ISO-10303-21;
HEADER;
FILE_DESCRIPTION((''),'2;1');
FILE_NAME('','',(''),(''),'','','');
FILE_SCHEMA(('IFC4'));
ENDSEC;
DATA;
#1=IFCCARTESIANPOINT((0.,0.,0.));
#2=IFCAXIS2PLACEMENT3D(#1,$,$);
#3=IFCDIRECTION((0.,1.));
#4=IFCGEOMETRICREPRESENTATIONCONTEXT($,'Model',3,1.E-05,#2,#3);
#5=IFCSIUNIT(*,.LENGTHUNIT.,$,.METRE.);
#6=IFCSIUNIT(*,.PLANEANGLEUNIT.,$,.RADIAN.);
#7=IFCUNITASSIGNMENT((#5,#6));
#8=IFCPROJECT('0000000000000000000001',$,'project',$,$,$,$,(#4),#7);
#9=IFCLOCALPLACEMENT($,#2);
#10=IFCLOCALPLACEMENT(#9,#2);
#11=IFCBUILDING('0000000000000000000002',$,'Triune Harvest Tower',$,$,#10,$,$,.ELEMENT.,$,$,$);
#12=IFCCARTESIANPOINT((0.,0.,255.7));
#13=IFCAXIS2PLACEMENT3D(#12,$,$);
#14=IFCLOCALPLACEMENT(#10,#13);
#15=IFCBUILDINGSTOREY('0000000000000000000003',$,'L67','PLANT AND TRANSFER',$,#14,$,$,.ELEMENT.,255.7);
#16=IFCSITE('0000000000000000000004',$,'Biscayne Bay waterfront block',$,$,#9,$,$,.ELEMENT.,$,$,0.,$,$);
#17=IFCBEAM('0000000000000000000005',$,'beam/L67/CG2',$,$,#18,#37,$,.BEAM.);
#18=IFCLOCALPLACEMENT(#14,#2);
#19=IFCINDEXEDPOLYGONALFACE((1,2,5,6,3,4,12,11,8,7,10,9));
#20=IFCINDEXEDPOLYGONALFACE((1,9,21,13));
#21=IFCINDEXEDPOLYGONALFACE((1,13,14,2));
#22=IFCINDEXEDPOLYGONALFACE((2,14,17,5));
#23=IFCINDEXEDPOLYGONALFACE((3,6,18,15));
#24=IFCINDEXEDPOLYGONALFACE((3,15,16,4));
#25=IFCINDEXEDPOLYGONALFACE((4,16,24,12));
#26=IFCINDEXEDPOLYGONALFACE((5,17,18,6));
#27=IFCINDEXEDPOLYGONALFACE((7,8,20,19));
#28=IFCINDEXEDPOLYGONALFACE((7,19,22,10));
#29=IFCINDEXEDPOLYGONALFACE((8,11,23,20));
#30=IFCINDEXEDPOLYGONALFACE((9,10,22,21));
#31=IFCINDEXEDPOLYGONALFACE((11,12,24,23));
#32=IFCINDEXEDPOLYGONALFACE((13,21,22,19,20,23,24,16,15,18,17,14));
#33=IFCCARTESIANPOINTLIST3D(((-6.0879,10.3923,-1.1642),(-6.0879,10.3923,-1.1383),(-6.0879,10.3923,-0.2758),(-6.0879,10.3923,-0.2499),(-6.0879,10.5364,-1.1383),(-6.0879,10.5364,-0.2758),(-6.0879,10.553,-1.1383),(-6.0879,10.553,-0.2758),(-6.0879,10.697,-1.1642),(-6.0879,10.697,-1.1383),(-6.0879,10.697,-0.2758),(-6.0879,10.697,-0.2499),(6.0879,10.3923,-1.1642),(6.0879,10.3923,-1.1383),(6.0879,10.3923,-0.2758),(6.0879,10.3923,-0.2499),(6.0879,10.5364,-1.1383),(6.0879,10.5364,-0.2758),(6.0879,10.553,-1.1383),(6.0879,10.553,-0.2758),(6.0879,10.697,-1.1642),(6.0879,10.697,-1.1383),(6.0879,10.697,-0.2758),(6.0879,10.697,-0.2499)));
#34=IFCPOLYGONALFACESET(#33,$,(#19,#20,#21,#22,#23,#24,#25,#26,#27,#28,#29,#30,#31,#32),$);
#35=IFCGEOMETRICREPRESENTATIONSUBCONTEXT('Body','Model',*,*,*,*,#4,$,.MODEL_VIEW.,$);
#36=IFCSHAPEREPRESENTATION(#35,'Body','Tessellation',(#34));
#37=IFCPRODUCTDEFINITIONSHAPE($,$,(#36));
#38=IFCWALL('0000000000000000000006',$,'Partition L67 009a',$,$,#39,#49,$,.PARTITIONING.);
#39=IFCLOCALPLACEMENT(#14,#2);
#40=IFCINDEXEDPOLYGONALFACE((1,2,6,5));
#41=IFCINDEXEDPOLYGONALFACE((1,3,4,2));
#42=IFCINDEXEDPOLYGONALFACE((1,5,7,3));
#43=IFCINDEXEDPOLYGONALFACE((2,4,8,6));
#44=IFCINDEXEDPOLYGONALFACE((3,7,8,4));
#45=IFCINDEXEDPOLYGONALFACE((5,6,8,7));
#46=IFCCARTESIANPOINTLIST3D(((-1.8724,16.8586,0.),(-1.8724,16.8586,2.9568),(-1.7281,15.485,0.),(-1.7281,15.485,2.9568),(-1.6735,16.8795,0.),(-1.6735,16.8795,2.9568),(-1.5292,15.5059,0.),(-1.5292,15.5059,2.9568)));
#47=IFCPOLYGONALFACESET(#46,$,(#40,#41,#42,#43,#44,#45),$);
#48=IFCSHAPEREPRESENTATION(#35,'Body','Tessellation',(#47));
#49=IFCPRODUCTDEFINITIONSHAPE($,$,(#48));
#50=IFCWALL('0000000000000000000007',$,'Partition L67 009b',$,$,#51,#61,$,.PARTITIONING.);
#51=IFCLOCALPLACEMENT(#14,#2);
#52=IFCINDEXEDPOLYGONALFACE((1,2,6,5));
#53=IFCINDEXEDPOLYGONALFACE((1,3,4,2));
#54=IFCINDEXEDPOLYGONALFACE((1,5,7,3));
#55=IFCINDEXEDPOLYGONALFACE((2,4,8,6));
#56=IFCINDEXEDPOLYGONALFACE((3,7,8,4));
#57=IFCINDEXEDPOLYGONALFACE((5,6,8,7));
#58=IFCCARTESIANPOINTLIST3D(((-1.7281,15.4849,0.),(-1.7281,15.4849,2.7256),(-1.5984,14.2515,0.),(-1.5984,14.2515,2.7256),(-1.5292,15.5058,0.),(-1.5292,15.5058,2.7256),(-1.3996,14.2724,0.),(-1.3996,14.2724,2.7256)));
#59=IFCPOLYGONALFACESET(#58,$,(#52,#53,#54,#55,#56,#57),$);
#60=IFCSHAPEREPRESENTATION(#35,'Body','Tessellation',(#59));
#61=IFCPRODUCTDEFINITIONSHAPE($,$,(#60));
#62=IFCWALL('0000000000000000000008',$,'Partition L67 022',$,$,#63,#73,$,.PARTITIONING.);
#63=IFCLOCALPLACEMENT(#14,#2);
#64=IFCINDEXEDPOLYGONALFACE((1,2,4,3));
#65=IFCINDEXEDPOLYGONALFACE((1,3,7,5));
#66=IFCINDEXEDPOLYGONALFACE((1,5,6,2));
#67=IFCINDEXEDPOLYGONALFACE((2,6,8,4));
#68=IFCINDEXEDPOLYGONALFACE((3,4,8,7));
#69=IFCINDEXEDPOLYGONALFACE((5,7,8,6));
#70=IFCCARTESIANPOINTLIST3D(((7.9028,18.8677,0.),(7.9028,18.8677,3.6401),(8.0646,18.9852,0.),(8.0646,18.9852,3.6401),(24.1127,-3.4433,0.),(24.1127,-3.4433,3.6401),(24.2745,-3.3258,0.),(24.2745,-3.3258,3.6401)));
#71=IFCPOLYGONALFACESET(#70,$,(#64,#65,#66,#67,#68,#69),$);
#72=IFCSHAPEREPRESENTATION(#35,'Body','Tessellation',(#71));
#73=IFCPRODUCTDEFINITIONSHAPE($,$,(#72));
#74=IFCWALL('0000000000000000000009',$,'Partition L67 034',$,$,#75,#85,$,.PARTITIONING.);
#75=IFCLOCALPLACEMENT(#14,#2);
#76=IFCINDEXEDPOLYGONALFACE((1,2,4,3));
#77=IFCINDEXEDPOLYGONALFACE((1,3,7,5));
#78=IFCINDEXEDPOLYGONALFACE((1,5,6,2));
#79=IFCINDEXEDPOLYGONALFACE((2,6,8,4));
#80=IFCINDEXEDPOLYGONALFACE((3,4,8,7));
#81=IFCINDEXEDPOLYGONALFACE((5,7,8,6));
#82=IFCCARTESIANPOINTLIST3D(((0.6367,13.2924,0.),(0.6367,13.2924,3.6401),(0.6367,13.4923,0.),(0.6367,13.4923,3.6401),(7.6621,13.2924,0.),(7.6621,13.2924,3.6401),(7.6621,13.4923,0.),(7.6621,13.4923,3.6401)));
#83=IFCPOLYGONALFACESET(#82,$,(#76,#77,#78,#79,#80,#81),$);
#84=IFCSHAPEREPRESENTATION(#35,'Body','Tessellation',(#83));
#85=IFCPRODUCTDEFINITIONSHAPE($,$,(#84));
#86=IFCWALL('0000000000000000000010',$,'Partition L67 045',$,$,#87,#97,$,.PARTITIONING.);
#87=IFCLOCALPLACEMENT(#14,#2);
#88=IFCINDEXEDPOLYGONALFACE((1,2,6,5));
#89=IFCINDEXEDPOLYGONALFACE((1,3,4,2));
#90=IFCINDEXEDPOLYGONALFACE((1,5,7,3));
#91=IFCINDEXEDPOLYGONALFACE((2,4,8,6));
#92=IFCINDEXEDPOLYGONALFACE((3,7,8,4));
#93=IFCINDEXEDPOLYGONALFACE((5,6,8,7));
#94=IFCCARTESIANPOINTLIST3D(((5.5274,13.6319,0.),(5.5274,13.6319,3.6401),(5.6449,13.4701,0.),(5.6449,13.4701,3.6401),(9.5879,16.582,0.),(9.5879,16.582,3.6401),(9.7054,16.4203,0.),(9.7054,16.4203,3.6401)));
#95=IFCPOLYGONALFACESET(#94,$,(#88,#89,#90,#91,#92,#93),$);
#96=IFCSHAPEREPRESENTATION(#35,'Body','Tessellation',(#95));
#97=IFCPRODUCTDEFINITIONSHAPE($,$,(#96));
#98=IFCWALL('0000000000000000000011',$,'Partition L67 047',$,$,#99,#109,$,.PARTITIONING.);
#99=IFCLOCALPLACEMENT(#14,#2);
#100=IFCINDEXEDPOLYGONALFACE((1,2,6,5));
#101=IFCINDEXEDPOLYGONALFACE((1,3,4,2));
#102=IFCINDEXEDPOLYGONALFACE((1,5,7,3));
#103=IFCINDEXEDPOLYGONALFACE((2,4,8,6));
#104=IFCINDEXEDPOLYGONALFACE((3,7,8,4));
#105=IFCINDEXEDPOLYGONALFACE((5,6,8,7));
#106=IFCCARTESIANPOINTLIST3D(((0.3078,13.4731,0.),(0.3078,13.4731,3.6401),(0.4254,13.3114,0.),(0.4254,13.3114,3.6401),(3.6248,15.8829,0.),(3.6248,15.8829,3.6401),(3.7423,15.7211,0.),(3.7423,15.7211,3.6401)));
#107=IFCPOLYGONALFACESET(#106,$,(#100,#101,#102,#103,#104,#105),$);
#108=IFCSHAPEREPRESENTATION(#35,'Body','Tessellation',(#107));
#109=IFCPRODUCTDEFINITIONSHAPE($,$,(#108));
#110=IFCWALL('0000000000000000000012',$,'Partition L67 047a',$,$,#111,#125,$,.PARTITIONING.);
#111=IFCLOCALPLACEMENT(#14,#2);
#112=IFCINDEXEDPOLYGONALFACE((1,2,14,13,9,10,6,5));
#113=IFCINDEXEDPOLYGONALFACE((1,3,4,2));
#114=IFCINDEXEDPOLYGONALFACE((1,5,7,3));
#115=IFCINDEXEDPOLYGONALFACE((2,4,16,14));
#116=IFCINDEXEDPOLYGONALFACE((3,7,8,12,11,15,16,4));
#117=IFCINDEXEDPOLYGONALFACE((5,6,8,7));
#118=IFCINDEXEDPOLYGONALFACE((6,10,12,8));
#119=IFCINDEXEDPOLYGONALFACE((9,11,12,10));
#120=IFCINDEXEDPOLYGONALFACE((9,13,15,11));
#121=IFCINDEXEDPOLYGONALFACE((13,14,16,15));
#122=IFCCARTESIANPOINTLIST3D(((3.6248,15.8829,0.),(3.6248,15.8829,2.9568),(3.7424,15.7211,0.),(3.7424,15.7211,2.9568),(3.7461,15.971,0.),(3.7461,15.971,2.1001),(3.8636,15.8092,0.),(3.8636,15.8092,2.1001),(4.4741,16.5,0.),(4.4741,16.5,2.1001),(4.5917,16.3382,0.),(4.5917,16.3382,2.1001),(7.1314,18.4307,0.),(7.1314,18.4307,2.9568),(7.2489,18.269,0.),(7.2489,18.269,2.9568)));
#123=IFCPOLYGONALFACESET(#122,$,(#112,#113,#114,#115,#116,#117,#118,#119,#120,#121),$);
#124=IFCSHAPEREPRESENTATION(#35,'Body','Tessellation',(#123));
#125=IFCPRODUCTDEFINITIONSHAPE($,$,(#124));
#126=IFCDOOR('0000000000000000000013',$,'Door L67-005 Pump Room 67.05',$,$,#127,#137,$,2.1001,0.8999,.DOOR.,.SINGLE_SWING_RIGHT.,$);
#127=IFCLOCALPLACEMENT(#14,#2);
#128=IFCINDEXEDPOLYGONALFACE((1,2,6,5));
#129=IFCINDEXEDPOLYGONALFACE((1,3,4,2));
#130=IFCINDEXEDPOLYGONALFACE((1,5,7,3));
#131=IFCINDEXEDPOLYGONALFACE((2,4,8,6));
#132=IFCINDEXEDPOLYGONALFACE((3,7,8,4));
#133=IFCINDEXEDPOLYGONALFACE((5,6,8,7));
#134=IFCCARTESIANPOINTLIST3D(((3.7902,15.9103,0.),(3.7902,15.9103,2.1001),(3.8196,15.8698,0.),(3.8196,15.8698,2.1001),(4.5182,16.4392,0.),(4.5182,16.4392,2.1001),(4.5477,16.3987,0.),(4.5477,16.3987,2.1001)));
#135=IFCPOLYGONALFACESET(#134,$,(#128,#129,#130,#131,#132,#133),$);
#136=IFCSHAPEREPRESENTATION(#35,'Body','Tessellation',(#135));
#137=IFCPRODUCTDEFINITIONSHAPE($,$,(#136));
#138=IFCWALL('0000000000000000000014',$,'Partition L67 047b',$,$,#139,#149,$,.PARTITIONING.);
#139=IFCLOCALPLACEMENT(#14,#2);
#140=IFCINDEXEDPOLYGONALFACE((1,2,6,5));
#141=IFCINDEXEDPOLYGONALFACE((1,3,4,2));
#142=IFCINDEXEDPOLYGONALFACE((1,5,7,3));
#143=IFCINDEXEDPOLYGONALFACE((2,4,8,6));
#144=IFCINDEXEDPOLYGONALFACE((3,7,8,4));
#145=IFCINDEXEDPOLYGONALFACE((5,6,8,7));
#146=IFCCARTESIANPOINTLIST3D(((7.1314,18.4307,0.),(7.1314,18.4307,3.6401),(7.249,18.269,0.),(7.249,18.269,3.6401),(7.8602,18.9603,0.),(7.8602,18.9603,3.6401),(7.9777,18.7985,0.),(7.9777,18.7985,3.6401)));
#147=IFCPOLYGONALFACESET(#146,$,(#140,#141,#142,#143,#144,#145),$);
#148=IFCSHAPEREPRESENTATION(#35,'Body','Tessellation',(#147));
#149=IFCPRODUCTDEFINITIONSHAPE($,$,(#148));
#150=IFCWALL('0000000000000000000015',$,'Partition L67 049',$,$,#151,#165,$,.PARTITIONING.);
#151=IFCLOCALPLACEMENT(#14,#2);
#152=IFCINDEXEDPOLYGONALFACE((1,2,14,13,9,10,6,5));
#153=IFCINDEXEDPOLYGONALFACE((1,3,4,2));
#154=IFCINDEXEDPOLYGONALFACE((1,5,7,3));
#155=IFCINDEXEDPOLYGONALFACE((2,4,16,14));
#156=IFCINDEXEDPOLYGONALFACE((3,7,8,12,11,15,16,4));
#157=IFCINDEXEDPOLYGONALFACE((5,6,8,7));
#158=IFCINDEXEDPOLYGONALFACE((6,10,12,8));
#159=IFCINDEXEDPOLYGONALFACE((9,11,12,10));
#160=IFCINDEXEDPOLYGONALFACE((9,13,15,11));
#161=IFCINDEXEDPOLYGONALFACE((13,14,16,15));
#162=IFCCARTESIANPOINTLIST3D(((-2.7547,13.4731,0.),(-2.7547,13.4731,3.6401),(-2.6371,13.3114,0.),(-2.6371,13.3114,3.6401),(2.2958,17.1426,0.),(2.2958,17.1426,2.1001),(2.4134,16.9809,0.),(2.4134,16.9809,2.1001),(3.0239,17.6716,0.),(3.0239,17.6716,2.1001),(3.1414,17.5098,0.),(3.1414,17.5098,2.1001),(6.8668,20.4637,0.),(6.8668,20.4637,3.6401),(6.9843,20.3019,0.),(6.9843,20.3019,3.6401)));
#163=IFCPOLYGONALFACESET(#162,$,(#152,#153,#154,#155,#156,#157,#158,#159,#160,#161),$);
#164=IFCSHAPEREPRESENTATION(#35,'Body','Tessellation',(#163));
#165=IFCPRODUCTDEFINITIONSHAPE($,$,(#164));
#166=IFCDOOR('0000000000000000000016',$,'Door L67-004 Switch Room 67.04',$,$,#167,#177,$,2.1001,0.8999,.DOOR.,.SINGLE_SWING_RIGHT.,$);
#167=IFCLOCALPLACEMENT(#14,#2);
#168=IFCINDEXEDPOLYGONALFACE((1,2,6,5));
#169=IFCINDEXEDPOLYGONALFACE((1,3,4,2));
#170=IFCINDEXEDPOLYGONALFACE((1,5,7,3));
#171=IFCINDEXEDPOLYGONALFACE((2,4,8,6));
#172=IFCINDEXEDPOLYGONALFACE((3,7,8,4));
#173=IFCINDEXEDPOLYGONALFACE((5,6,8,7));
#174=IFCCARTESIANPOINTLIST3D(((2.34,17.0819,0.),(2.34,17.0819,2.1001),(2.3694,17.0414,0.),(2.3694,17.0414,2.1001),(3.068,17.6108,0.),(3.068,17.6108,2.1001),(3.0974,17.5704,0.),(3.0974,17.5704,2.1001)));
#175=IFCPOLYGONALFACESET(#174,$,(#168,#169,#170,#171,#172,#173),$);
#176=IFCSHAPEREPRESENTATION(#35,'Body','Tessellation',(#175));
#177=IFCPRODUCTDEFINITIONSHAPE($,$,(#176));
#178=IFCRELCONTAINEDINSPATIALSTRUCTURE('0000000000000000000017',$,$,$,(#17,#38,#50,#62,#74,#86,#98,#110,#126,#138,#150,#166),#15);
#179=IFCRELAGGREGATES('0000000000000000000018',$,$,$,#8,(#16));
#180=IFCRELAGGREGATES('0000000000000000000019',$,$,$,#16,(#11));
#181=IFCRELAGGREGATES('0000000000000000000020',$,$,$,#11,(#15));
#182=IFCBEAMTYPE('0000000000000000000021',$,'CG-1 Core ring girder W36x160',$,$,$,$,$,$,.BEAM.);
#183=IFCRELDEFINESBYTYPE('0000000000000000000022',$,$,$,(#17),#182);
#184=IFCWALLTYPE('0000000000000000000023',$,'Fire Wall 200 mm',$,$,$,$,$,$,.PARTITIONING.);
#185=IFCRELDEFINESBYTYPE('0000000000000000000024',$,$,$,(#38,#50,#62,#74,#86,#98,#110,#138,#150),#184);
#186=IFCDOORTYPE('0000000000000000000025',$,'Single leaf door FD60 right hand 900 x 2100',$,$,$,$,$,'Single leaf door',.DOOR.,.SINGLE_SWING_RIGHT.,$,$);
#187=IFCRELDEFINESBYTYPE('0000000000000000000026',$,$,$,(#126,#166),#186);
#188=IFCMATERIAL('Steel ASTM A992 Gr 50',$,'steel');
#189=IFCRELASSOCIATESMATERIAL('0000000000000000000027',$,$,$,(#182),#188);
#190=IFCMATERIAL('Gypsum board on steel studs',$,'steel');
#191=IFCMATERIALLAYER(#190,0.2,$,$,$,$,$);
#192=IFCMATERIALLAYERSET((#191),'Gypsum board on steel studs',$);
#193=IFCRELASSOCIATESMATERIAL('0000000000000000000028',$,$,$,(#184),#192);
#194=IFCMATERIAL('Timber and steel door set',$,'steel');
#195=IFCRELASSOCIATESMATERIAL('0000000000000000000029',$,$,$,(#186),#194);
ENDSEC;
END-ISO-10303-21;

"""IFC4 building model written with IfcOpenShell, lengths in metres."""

from ifc_helpers import new_model, si_unit, direction, frame, frame_2d, origin, origin_2d, place, context, subcontext, project, spatial, rectangle, i_section, extrude, source, transform, mapped, material, layer, layer_set, material_profile, profile_set, type_object, element, fill, save


model = new_model("IFC4")

# Units and contexts
model_context = context("Model", 3, precision=1e-05, world=origin(), true_north=direction((0.0, 1.0)))
body_context = subcontext(model_context, "Body", "Model", "MODEL_VIEW")
ifc_project = project(units=[si_unit("LENGTHUNIT", "METRE"), si_unit("PLANEANGLEUNIT", "RADIAN")], contexts=[model_context])

# Site, building, storey
site_placement = place(None, origin())
site = spatial("IfcSite", under=ifc_project, at=site_placement, Name="Biscayne Bay waterfront block", CompositionType="ELEMENT", RefElevation=0.0)
building_placement = place(site_placement, origin())
building = spatial("IfcBuilding", under=site, at=building_placement, Name="Triune Harvest Tower", CompositionType="ELEMENT")
storey_placement = place(building_placement, frame((0.0, 0.0, 255.7)))
storey = spatial("IfcBuildingStorey", under=building, at=storey_placement, Name="L67", Description="PLANT AND TRANSFER", CompositionType="ELEMENT", Elevation=255.7)

# Beam
ifc_material_1 = material(Name="Steel ASTM A992 Gr 50", Category="steel")
ifc_material_profile = material_profile(ifc_material_1, i_section(OverallWidth=0.3047, OverallDepth=0.9143, WebThickness=0.0166, FlangeThickness=0.0259, at=origin_2d()), Name="W36x160")
ifc_profile_set = profile_set([ifc_material_profile], Name="Steel ASTM A992 Gr 50")
beam_type = type_object("IfcBeamType", Name="CG-1 Core ring girder W36x160", PredefinedType="BEAM", material=ifc_profile_set)
shared_shape_1 = source(origin(), body_context, "Body", "SweptSolid", [
    extrude(i_section(OverallWidth=0.3047, OverallDepth=0.9143, WebThickness=0.0166, FlangeThickness=0.0259, at=origin_2d()), origin(), (0.0, 0.0, 1.0), 12.1758),
])
beam_placement = place(storey_placement, frame((6.0879, 10.5447, -0.707), z_axis=(-1.0, 0.0, 0.0), x_axis=(0.0, -1.0, 0.0)))
element("IfcBeam", 1, at=beam_placement, inside=storey, type_object=beam_type, Name="beam/L67/CG2", PredefinedType="BEAM", context=body_context, shape_type="MappedRepresentation", body=[
    mapped(shared_shape_1, transform((0.0, 0.0, 0.0), scale=1.0)),
])

# Walls
ifc_material_2 = material(Name="Gypsum board on steel studs", Category="steel")
ifc_layer_1 = layer(ifc_material_2, 0.2)
ifc_layer_set_1 = layer_set([ifc_layer_1], Name="Gypsum board on steel studs")
wall_type_1 = type_object("IfcWallType", Name="Fire Wall 200 mm", PredefinedType="PARTITIONING", material=ifc_layer_set_1)
wall_1_placement = place(storey_placement, frame((-1.7729, 16.8689, 0.0), z_axis=(0.0, 0.0, 1.0), x_axis=(0.104473, -0.994528, 0.0)))
element("IfcWall", 2, at=wall_1_placement, inside=storey, type_object=wall_type_1, Name="Partition L67 009a", PredefinedType="PARTITIONING", context=body_context, shape_type="SweptSolid", body=[
    extrude(rectangle(XDim=1.3811, YDim=0.2, at=frame_2d((0.6904, 0.0))), origin(), (0.0, 0.0, 1.0), 2.9568),
])
wall_2_placement = place(storey_placement, frame((-1.6287, 15.4954, 0.0), z_axis=(0.0, 0.0, 1.0), x_axis=(0.104531, -0.994522, 0.0)))
element("IfcWall", 3, at=wall_2_placement, inside=storey, type_object=wall_type_1, Name="Partition L67 009b", PredefinedType="PARTITIONING", context=body_context, shape_type="SweptSolid", body=[
    extrude(rectangle(XDim=1.2402, YDim=0.2, at=frame_2d((0.6201, 0.0))), origin(), (0.0, 0.0, 1.0), 2.7256),
])
wall_3_placement = place(storey_placement, frame((7.9836, 18.9265, 0.0), z_axis=(0.0, 0.0, 1.0), x_axis=(0.587786, -0.809016, 0.0)))
element("IfcWall", 4, at=wall_3_placement, inside=storey, type_object=wall_type_1, Name="Partition L67 022", PredefinedType="PARTITIONING", context=body_context, shape_type="SweptSolid", body=[
    extrude(rectangle(XDim=27.5779, YDim=0.2, at=frame_2d((13.7891, 0.0))), origin(), (0.0, 0.0, 1.0), 3.6401),
])
wall_4_placement = place(storey_placement, frame((0.6367, 13.3923, 0.0), z_axis=(0.0, 0.0, 1.0), x_axis=(1.0, 0.0, 0.0)))
element("IfcWall", 5, at=wall_4_placement, inside=storey, type_object=wall_type_1, Name="Partition L67 034", PredefinedType="PARTITIONING", context=body_context, shape_type="SweptSolid", body=[
    extrude(rectangle(XDim=7.0254, YDim=0.2, at=frame_2d((3.5127, 0.0))), origin(), (0.0, 0.0, 1.0), 3.6401),
])
wall_5_placement = place(storey_placement, frame((5.5862, 13.551, 0.0), z_axis=(0.0, 0.0, 1.0), x_axis=(0.809014, 0.58779, 0.0)))
element("IfcWall", 6, at=wall_5_placement, inside=storey, type_object=wall_type_1, Name="Partition L67 045", PredefinedType="PARTITIONING", context=body_context, shape_type="SweptSolid", body=[
    extrude(rectangle(XDim=5.019, YDim=0.2, at=frame_2d((2.5095, 0.0))), origin(), (0.0, 0.0, 1.0), 3.6401),
])
wall_6_placement = place(storey_placement, frame((0.3667, 13.3923, 0.0), z_axis=(0.0, 0.0, 1.0), x_axis=(0.80904, 0.587754, 0.0)))
element("IfcWall", 7, at=wall_6_placement, inside=storey, type_object=wall_type_1, Name="Partition L67 047", PredefinedType="PARTITIONING", context=body_context, shape_type="SweptSolid", body=[
    extrude(rectangle(XDim=4.0999, YDim=0.2, at=frame_2d((2.0498, 0.0))), origin(), (0.0, 0.0, 1.0), 3.6401),
])

# Wall, opening, door
wall_7_placement = place(storey_placement, frame((3.6836, 15.802, 0.0), z_axis=(0.0, 0.0, 1.0), x_axis=(0.808999, 0.58781, 0.0)))
wall_7 = element("IfcWall", 8, at=wall_7_placement, inside=storey, type_object=wall_type_1, Name="Partition L67 047a", PredefinedType="PARTITIONING", context=body_context, shape_type="SweptSolid", body=[
    extrude(rectangle(XDim=4.3345, YDim=0.2, at=frame_2d((2.1672, 0.0))), origin(), (0.0, 0.0, 1.0), 2.9568),
])
opening_1_placement = place(wall_7_placement, frame((0.1499, 0.0, 0.0)))
opening_1 = element("IfcOpeningElement", 9, at=opening_1_placement, cuts=wall_7, PredefinedType="OPENING", context=body_context, shape_type="SweptSolid", body=[
    extrude(rectangle(XDim=0.8999, YDim=2.1001, at=frame_2d((0.45, 1.05))), frame((0.0, 0.1099, 0.0), z_axis=(0.0, -1.0, 0.0), x_axis=(1.0, 0.0, 0.0)), (0.0, 0.0, 1.0), 0.22),
])
ifc_material_3 = material(Name="Timber and steel door set", Category="steel")
door_type_1 = type_object("IfcDoorType", Name="Single leaf door FD60 right hand 900 x 2100", ElementType="Single leaf door", OperationType="SINGLE_SWING_RIGHT", PredefinedType="DOOR", material=ifc_material_3)
door_1_placement = place(opening_1_placement, origin())
door_1 = element("IfcDoor", 10, at=door_1_placement, inside=storey, type_object=door_type_1, Name="Door L67-005 Pump Room 67.05", OperationType="SINGLE_SWING_RIGHT", OverallHeight=2.1001, OverallWidth=0.8999, PredefinedType="DOOR", context=body_context, shape_type="SweptSolid", body=[
    extrude(rectangle(XDim=0.8999, YDim=2.1001, at=frame_2d((0.45, 1.05))), frame((0.0, 0.0249, 0.0), z_axis=(0.0, -1.0, 0.0), x_axis=(1.0, 0.0, 0.0)), (0.0, 0.0, 1.0), 0.05),
])
fill(opening_1, door_1)

# Wall
wall_8_placement = place(storey_placement, frame((7.1902, 18.3499, 0.0), z_axis=(0.0, 0.0, 1.0), x_axis=(0.808982, 0.587833, 0.0)))
element("IfcWall", 11, at=wall_8_placement, inside=storey, type_object=wall_type_1, Name="Partition L67 047b", PredefinedType="PARTITIONING", context=body_context, shape_type="SweptSolid", body=[
    extrude(rectangle(XDim=0.9009, YDim=0.2, at=frame_2d((0.4504, 0.0))), origin(), (0.0, 0.0, 1.0), 3.6401),
])

# Wall, opening, door
wall_9_placement = place(storey_placement, frame((-2.6958, 13.3923, 0.0), z_axis=(0.0, 0.0, 1.0), x_axis=(0.80901, 0.587794, 0.0)))
wall_9 = element("IfcWall", 12, at=wall_9_placement, inside=storey, type_object=wall_type_1, Name="Partition L67 049", PredefinedType="PARTITIONING", context=body_context, shape_type="SweptSolid", body=[
    extrude(rectangle(XDim=11.8928, YDim=0.2, at=frame_2d((5.9463, 0.0))), origin(), (0.0, 0.0, 1.0), 3.6401),
])
opening_2_placement = place(wall_9_placement, frame((6.2427, 0.0, 0.0)))
opening_2 = element("IfcOpeningElement", 13, at=opening_2_placement, cuts=wall_9, PredefinedType="OPENING", context=body_context, shape_type="SweptSolid", body=[
    extrude(rectangle(XDim=0.8999, YDim=2.1001, at=frame_2d((0.45, 1.05))), frame((0.0, 0.1099, 0.0), z_axis=(0.0, -1.0, 0.0), x_axis=(1.0, 0.0, 0.0)), (0.0, 0.0, 1.0), 0.22),
])
door_2_placement = place(opening_2_placement, origin())
door_2 = element("IfcDoor", 14, at=door_2_placement, inside=storey, type_object=door_type_1, Name="Door L67-004 Switch Room 67.04", OperationType="SINGLE_SWING_RIGHT", OverallHeight=2.1001, OverallWidth=0.8999, PredefinedType="DOOR", context=body_context, shape_type="SweptSolid", body=[
    extrude(rectangle(XDim=0.8999, YDim=2.1001, at=frame_2d((0.45, 1.05))), frame((0.0, 0.0249, 0.0), z_axis=(0.0, -1.0, 0.0), x_axis=(1.0, 0.0, 0.0)), (0.0, 0.0, 1.0), 0.05),
])
fill(opening_2, door_2)

save(model, "model.ifc")
